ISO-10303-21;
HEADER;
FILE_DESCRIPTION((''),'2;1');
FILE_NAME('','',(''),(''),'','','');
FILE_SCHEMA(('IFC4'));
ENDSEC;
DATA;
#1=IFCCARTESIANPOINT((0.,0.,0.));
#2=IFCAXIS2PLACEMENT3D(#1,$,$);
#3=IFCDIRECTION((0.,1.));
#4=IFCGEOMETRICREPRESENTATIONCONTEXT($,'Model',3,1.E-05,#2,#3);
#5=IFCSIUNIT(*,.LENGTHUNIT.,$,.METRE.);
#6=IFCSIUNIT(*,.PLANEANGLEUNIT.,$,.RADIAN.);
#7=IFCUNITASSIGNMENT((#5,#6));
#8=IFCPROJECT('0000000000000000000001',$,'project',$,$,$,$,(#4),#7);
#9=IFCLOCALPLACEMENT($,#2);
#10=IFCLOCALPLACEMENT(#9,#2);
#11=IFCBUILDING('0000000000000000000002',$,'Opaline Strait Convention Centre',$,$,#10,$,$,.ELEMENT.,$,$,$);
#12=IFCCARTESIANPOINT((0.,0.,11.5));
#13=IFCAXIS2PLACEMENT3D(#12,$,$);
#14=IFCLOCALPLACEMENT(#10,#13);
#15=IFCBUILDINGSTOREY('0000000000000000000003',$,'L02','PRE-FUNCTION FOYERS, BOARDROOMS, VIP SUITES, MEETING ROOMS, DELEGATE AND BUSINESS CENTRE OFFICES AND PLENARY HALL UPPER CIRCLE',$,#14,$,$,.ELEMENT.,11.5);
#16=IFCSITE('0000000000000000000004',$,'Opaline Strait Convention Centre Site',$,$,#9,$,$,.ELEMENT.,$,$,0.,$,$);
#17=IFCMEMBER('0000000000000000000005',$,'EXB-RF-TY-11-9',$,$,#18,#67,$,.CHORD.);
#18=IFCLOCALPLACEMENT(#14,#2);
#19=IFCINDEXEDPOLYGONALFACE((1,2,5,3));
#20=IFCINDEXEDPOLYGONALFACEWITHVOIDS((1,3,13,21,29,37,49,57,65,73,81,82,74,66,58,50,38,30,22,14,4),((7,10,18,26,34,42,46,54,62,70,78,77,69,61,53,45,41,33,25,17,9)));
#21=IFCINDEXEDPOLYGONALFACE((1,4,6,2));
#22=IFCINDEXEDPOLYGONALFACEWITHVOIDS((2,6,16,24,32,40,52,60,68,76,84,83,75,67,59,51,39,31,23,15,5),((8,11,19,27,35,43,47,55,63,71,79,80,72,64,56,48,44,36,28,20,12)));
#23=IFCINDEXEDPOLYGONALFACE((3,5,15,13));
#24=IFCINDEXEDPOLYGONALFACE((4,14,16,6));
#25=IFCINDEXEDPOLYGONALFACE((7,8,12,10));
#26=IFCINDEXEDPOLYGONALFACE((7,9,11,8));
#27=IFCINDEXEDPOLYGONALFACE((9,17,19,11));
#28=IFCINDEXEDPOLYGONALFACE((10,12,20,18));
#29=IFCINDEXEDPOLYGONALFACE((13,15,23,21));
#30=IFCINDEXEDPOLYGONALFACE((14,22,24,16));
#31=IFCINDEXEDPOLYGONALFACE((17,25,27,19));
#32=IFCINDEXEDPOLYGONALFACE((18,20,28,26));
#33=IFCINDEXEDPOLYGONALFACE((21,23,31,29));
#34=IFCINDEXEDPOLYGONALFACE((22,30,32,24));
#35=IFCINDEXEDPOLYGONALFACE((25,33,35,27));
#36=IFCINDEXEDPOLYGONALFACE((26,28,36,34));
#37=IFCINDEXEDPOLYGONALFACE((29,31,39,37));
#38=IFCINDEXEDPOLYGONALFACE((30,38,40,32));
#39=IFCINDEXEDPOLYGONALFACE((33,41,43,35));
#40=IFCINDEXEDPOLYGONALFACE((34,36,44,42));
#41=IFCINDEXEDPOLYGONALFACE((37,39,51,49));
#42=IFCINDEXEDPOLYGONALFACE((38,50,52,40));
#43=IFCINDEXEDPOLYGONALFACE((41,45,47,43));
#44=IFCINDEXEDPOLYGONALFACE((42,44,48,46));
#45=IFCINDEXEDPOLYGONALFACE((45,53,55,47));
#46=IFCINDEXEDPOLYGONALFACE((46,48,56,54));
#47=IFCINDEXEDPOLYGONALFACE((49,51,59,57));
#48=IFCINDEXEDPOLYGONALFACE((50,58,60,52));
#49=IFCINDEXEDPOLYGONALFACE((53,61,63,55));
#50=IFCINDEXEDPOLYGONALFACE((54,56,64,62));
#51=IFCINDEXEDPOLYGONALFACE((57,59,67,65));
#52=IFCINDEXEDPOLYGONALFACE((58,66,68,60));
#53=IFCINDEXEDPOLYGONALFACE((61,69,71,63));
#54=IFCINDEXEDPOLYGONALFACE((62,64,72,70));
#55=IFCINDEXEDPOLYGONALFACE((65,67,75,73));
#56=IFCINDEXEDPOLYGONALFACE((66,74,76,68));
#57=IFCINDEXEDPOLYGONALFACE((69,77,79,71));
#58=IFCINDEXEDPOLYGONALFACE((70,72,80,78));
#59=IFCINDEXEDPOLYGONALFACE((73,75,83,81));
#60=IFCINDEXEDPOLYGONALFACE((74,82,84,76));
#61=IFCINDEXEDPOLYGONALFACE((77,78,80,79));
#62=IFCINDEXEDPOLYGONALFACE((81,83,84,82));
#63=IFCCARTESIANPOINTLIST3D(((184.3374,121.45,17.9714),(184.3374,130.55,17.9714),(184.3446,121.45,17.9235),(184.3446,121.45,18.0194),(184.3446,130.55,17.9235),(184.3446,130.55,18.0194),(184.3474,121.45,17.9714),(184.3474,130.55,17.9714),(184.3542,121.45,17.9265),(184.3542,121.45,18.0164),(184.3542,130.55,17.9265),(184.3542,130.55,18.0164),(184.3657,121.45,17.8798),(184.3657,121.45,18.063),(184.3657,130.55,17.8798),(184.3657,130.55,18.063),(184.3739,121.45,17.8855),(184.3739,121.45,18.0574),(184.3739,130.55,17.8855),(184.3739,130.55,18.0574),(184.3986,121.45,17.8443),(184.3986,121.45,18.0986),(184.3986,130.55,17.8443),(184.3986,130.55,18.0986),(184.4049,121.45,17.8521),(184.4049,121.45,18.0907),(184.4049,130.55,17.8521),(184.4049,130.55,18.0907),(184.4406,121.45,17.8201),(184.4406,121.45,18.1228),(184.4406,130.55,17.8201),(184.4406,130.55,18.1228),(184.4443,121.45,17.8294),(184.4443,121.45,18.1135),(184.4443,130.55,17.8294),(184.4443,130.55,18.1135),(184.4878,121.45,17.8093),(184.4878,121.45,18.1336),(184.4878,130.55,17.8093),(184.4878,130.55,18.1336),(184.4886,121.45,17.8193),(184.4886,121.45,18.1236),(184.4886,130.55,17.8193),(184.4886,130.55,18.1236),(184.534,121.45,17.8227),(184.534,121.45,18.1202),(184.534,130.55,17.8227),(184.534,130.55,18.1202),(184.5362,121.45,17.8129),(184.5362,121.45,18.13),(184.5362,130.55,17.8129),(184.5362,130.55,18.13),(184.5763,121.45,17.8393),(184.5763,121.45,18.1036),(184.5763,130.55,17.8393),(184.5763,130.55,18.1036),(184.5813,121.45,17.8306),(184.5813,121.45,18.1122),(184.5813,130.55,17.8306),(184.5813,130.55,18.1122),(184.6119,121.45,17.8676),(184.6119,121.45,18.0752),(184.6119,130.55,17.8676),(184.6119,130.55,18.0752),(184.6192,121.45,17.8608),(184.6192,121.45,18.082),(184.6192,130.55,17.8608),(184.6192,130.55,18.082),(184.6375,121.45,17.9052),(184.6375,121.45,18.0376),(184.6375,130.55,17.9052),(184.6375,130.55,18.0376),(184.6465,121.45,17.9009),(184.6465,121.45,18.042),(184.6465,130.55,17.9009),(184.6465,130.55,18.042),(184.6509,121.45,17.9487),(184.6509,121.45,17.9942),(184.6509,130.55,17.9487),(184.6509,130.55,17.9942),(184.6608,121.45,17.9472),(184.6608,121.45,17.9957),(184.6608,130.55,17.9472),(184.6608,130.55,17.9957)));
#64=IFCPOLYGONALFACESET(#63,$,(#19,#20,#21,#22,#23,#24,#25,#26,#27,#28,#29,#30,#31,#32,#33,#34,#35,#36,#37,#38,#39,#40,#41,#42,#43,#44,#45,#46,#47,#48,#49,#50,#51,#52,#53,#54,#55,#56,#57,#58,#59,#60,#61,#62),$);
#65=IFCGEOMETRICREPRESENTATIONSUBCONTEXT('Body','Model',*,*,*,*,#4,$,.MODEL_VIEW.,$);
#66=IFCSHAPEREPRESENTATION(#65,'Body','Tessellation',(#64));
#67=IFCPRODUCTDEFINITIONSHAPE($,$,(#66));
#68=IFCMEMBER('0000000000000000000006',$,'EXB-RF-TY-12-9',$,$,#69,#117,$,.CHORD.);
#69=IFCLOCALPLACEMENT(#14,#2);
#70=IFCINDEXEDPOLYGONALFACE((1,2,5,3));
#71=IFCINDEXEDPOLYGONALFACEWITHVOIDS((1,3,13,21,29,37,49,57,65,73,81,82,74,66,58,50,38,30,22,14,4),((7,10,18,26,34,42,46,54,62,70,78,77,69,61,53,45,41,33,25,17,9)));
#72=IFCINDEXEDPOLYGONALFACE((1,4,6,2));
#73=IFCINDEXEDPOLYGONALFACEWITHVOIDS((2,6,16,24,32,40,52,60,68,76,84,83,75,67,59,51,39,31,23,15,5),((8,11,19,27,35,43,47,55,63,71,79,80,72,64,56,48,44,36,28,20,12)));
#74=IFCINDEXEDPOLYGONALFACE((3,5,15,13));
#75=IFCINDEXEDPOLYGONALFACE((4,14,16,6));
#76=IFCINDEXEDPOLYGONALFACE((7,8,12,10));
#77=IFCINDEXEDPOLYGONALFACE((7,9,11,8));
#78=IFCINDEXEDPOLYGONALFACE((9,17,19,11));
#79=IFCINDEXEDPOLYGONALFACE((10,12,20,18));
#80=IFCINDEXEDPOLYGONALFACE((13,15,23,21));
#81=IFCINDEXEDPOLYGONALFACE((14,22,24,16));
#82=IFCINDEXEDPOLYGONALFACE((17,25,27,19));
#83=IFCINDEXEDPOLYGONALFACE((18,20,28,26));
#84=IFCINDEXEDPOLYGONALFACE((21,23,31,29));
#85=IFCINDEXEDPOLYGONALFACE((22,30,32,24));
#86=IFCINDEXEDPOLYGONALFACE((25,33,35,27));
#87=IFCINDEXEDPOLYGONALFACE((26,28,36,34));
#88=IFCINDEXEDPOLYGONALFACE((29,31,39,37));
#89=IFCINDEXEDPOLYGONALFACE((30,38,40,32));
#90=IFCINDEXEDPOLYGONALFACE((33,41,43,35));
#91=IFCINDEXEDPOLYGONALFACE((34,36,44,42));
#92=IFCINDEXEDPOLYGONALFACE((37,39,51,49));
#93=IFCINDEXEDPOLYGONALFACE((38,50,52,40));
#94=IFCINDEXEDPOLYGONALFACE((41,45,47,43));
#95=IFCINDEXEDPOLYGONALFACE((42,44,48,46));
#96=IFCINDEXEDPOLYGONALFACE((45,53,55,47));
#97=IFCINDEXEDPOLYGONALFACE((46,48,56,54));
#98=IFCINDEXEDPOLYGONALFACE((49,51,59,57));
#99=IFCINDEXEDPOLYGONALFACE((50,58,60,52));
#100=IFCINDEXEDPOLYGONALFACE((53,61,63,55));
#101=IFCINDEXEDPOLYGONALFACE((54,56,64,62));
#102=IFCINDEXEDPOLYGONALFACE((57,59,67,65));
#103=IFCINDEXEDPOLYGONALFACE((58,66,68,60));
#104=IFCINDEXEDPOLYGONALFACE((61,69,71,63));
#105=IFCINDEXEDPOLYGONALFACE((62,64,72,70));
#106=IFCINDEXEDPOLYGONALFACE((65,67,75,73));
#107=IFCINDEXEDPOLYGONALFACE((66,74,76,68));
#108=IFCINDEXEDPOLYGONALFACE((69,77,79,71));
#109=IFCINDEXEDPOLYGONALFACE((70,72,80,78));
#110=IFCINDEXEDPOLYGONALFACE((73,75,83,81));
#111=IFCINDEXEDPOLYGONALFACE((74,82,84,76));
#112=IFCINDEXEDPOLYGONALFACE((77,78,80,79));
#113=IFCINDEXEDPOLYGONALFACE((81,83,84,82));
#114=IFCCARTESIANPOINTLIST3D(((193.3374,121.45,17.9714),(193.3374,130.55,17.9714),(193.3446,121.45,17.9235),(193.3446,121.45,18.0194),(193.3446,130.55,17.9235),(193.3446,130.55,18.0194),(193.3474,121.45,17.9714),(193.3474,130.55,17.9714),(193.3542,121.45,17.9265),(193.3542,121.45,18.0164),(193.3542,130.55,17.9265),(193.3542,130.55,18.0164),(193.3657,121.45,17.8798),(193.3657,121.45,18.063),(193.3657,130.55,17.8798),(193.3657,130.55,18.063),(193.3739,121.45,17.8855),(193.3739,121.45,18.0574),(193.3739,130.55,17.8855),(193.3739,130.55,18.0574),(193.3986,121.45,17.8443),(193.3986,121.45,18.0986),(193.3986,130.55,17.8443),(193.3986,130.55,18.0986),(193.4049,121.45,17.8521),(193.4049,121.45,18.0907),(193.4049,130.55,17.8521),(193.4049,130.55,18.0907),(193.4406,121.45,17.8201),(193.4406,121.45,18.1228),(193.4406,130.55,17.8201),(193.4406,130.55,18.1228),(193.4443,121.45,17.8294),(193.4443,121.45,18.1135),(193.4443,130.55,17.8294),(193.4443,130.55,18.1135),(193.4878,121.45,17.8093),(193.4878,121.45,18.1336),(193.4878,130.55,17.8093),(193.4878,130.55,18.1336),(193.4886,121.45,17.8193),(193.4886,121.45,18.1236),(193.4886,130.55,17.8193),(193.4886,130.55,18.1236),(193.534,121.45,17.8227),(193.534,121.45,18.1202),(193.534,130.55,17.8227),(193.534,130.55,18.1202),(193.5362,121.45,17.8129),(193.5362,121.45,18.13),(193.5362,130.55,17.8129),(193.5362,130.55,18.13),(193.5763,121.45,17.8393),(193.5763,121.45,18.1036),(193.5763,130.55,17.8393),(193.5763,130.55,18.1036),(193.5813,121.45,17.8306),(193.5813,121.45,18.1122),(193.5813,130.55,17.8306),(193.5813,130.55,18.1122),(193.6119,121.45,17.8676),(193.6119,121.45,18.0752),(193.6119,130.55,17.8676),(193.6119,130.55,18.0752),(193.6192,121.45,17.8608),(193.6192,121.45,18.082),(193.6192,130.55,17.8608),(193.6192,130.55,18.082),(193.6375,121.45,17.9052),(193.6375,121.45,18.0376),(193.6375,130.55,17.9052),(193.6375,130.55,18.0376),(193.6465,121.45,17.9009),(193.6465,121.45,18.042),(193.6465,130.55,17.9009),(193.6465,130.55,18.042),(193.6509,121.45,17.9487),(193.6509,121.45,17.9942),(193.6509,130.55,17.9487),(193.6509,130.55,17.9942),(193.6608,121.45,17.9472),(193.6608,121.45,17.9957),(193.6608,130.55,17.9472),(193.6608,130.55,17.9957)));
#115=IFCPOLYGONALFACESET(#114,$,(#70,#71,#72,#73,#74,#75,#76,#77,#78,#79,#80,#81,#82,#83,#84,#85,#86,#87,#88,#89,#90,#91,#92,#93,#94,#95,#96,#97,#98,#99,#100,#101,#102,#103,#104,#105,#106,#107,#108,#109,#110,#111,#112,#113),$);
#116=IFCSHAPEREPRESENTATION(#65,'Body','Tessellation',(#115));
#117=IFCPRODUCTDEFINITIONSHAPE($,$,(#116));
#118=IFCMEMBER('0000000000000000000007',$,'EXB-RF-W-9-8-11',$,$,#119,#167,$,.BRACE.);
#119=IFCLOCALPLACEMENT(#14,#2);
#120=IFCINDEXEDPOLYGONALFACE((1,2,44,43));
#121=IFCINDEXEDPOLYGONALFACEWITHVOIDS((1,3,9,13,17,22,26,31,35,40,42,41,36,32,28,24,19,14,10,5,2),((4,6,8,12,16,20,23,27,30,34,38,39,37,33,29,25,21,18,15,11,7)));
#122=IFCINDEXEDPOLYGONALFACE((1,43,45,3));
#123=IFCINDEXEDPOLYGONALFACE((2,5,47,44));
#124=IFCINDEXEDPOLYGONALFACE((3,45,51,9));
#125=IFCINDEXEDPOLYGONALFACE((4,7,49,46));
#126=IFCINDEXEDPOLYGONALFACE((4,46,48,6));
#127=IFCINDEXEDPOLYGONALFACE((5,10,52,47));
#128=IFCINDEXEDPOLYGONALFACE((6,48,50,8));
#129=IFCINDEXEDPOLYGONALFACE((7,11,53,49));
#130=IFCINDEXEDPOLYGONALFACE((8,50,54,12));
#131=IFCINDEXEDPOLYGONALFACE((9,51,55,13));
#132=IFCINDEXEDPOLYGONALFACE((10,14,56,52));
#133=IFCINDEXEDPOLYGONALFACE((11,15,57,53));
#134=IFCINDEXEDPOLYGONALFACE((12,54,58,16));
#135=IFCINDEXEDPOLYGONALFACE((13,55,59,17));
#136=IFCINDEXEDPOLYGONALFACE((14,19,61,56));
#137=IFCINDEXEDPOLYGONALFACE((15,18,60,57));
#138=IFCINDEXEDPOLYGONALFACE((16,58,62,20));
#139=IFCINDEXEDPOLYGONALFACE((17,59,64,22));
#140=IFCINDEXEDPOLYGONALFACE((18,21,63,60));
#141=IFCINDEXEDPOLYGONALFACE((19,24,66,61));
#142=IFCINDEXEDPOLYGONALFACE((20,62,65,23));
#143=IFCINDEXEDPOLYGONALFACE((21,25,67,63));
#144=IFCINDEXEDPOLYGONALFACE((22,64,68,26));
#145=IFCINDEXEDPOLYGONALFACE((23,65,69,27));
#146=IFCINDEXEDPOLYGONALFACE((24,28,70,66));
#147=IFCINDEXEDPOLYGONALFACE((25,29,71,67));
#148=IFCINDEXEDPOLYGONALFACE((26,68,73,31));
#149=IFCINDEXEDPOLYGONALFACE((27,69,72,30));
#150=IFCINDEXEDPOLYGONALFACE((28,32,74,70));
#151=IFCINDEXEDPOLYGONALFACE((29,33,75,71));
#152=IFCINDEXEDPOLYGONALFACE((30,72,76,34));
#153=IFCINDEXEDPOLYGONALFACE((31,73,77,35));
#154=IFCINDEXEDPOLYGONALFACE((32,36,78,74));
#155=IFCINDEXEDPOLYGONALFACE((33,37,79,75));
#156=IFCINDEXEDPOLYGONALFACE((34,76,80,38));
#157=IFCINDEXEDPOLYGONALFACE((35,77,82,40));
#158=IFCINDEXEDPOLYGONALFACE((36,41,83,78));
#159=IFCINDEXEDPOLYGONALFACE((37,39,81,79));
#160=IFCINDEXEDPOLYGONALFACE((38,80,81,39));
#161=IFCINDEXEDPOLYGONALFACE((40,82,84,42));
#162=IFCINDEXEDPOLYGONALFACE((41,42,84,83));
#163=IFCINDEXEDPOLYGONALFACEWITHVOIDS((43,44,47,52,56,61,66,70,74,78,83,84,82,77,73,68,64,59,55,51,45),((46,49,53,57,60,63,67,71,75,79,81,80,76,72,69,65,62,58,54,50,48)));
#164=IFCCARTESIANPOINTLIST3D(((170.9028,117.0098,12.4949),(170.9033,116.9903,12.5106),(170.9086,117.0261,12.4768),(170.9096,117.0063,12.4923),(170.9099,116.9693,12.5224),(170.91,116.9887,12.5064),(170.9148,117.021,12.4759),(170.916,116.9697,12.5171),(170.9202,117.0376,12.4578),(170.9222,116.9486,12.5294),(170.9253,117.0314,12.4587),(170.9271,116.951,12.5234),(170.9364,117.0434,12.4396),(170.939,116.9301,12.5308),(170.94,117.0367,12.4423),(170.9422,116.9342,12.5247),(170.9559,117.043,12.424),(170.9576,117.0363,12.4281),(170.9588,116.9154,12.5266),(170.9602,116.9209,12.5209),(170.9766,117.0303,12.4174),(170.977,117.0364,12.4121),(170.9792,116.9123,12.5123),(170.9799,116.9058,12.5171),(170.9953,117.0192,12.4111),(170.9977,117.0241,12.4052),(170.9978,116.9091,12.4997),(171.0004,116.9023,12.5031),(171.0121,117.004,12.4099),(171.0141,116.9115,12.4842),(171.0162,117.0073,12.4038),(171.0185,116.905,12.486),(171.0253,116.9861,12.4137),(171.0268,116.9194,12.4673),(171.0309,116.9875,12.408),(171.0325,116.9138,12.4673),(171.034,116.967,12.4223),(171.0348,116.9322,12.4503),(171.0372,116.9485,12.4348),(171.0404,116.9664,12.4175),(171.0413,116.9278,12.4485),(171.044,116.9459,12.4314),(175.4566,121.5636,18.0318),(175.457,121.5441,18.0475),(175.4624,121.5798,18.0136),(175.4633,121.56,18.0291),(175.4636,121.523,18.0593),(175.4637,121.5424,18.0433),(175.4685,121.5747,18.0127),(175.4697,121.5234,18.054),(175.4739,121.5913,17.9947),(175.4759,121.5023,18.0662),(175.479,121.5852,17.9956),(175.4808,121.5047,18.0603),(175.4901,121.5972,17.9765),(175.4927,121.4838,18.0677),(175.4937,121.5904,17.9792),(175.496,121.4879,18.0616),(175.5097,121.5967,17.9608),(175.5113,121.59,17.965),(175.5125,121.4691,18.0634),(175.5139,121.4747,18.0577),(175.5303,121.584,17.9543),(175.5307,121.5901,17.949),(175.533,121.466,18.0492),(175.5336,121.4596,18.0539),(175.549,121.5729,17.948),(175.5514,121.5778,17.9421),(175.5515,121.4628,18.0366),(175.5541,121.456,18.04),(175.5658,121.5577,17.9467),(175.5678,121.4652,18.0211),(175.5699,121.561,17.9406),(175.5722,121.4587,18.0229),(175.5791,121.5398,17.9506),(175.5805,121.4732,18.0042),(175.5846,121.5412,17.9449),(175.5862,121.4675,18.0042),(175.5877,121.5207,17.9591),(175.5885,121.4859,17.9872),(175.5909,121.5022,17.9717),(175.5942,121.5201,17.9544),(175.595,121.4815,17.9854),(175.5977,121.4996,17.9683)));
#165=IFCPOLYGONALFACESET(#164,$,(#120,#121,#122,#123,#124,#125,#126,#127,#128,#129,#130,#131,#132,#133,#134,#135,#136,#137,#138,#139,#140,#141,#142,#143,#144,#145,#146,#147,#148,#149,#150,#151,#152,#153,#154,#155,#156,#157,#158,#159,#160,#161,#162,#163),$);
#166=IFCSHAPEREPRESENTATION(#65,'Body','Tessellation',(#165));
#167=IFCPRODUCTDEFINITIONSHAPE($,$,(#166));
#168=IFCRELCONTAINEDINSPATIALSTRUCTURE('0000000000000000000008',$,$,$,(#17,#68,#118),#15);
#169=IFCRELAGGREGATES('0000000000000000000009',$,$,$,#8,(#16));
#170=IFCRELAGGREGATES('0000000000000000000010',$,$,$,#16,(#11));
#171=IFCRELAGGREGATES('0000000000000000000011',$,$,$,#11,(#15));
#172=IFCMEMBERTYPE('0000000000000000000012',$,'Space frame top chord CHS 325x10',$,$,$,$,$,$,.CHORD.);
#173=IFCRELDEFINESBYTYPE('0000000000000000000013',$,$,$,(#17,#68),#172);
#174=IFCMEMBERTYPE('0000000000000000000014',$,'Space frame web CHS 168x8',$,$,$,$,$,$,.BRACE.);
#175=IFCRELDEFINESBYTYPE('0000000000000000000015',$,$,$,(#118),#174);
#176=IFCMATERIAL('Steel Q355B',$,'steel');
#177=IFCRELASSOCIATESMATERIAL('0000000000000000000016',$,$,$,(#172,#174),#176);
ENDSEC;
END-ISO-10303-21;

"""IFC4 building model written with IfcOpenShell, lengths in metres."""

from ifc_helpers import new_model, si_unit, direction, frame, origin, origin_2d, place, context, subcontext, project, spatial, hollow_circle, extrude, material, material_profile, profile_set, type_object, element, save


model = new_model("IFC4")

# Units and contexts
model_context = context("Model", 3, precision=1e-05, world=origin(), true_north=direction((0.0, 1.0)))
body_context = subcontext(model_context, "Body", "Model", "MODEL_VIEW")
ifc_project = project(units=[si_unit("LENGTHUNIT", "METRE"), si_unit("PLANEANGLEUNIT", "RADIAN")], contexts=[model_context])

# Site, building, storey
site_placement = place(None, origin())
site = spatial("IfcSite", under=ifc_project, at=site_placement, Name="Opaline Strait Convention Centre Site", CompositionType="ELEMENT", RefElevation=0.0)
building_placement = place(site_placement, origin())
building = spatial("IfcBuilding", under=site, at=building_placement, Name="Opaline Strait Convention Centre", CompositionType="ELEMENT")
storey_placement = place(building_placement, frame((0.0, 0.0, 11.5)))
storey = spatial("IfcBuildingStorey", under=building, at=storey_placement, Name="L02", Description="PRE-FUNCTION FOYERS, BOARDROOMS, VIP SUITES, MEETING ROOMS, DELEGATE AND BUSINESS CENTRE OFFICES AND PLENARY HALL UPPER CIRCLE", CompositionType="ELEMENT", Elevation=11.5)

# Members
ifc_material = material(Name="Steel Q355B", Category="steel")
ifc_material_profile_1 = material_profile(ifc_material, hollow_circle(Radius=0.1626, WallThickness=0.01, at=origin_2d()), Name="CHS 325x10")
ifc_profile_set_1 = profile_set([ifc_material_profile_1], Name="Steel Q355B")
member_type_1 = type_object("IfcMemberType", Name="Space frame top chord CHS 325x10", PredefinedType="CHORD", material=ifc_profile_set_1)
for number, where, z_axis, x_axis, name in (
    (1, (184.5, 121.45, 17.9714), (0.0, 1.0, 0.0), (-1.0, 0.0, 0.0), "EXB-RF-TY-11-9"),
    (2, (193.5, 121.45, 17.9714), (0.0, 1.0, 0.0), (-1.0, 0.0, 0.0), "EXB-RF-TY-12-9"),
):
    element("IfcMember", number, at=place(storey_placement, frame(where, z_axis=z_axis, x_axis=x_axis)), inside=storey, type_object=member_type_1, Name=name, PredefinedType="CHORD", context=body_context, shape_type="SweptSolid", body=[
        extrude(hollow_circle(Radius=0.1626, WallThickness=0.01, at=origin_2d()), origin(), (0.0, 0.0, 1.0), 9.1001),
    ])
ifc_material_profile_2 = material_profile(ifc_material, hollow_circle(Radius=0.084, WallThickness=0.0081, at=origin_2d()), Name="CHS 168x8")
ifc_profile_set_2 = profile_set([ifc_material_profile_2], Name="Steel Q355B")
member_type_2 = type_object("IfcMemberType", Name="Space frame web CHS 168x8", PredefinedType="BRACE", material=ifc_profile_set_2)
for number, where, z_axis, x_axis, name in (
    (3, (175.5269, 121.5269, 18.0042), (-0.536178, -0.536178, -0.65194), (0.707107, -0.707107, 0.0), "EXB-RF-W-9-8-11"),
):
    element("IfcMember", number, at=place(storey_placement, frame(where, z_axis=z_axis, x_axis=x_axis)), inside=storey, type_object=member_type_2, Name=name, PredefinedType="BRACE", context=body_context, shape_type="SweptSolid", body=[
        extrude(hollow_circle(Radius=0.084, WallThickness=0.0081, at=origin_2d()), origin(), (0.0, 0.0, 1.0), 8.4929),
    ])

save(model, "model.ifc")
